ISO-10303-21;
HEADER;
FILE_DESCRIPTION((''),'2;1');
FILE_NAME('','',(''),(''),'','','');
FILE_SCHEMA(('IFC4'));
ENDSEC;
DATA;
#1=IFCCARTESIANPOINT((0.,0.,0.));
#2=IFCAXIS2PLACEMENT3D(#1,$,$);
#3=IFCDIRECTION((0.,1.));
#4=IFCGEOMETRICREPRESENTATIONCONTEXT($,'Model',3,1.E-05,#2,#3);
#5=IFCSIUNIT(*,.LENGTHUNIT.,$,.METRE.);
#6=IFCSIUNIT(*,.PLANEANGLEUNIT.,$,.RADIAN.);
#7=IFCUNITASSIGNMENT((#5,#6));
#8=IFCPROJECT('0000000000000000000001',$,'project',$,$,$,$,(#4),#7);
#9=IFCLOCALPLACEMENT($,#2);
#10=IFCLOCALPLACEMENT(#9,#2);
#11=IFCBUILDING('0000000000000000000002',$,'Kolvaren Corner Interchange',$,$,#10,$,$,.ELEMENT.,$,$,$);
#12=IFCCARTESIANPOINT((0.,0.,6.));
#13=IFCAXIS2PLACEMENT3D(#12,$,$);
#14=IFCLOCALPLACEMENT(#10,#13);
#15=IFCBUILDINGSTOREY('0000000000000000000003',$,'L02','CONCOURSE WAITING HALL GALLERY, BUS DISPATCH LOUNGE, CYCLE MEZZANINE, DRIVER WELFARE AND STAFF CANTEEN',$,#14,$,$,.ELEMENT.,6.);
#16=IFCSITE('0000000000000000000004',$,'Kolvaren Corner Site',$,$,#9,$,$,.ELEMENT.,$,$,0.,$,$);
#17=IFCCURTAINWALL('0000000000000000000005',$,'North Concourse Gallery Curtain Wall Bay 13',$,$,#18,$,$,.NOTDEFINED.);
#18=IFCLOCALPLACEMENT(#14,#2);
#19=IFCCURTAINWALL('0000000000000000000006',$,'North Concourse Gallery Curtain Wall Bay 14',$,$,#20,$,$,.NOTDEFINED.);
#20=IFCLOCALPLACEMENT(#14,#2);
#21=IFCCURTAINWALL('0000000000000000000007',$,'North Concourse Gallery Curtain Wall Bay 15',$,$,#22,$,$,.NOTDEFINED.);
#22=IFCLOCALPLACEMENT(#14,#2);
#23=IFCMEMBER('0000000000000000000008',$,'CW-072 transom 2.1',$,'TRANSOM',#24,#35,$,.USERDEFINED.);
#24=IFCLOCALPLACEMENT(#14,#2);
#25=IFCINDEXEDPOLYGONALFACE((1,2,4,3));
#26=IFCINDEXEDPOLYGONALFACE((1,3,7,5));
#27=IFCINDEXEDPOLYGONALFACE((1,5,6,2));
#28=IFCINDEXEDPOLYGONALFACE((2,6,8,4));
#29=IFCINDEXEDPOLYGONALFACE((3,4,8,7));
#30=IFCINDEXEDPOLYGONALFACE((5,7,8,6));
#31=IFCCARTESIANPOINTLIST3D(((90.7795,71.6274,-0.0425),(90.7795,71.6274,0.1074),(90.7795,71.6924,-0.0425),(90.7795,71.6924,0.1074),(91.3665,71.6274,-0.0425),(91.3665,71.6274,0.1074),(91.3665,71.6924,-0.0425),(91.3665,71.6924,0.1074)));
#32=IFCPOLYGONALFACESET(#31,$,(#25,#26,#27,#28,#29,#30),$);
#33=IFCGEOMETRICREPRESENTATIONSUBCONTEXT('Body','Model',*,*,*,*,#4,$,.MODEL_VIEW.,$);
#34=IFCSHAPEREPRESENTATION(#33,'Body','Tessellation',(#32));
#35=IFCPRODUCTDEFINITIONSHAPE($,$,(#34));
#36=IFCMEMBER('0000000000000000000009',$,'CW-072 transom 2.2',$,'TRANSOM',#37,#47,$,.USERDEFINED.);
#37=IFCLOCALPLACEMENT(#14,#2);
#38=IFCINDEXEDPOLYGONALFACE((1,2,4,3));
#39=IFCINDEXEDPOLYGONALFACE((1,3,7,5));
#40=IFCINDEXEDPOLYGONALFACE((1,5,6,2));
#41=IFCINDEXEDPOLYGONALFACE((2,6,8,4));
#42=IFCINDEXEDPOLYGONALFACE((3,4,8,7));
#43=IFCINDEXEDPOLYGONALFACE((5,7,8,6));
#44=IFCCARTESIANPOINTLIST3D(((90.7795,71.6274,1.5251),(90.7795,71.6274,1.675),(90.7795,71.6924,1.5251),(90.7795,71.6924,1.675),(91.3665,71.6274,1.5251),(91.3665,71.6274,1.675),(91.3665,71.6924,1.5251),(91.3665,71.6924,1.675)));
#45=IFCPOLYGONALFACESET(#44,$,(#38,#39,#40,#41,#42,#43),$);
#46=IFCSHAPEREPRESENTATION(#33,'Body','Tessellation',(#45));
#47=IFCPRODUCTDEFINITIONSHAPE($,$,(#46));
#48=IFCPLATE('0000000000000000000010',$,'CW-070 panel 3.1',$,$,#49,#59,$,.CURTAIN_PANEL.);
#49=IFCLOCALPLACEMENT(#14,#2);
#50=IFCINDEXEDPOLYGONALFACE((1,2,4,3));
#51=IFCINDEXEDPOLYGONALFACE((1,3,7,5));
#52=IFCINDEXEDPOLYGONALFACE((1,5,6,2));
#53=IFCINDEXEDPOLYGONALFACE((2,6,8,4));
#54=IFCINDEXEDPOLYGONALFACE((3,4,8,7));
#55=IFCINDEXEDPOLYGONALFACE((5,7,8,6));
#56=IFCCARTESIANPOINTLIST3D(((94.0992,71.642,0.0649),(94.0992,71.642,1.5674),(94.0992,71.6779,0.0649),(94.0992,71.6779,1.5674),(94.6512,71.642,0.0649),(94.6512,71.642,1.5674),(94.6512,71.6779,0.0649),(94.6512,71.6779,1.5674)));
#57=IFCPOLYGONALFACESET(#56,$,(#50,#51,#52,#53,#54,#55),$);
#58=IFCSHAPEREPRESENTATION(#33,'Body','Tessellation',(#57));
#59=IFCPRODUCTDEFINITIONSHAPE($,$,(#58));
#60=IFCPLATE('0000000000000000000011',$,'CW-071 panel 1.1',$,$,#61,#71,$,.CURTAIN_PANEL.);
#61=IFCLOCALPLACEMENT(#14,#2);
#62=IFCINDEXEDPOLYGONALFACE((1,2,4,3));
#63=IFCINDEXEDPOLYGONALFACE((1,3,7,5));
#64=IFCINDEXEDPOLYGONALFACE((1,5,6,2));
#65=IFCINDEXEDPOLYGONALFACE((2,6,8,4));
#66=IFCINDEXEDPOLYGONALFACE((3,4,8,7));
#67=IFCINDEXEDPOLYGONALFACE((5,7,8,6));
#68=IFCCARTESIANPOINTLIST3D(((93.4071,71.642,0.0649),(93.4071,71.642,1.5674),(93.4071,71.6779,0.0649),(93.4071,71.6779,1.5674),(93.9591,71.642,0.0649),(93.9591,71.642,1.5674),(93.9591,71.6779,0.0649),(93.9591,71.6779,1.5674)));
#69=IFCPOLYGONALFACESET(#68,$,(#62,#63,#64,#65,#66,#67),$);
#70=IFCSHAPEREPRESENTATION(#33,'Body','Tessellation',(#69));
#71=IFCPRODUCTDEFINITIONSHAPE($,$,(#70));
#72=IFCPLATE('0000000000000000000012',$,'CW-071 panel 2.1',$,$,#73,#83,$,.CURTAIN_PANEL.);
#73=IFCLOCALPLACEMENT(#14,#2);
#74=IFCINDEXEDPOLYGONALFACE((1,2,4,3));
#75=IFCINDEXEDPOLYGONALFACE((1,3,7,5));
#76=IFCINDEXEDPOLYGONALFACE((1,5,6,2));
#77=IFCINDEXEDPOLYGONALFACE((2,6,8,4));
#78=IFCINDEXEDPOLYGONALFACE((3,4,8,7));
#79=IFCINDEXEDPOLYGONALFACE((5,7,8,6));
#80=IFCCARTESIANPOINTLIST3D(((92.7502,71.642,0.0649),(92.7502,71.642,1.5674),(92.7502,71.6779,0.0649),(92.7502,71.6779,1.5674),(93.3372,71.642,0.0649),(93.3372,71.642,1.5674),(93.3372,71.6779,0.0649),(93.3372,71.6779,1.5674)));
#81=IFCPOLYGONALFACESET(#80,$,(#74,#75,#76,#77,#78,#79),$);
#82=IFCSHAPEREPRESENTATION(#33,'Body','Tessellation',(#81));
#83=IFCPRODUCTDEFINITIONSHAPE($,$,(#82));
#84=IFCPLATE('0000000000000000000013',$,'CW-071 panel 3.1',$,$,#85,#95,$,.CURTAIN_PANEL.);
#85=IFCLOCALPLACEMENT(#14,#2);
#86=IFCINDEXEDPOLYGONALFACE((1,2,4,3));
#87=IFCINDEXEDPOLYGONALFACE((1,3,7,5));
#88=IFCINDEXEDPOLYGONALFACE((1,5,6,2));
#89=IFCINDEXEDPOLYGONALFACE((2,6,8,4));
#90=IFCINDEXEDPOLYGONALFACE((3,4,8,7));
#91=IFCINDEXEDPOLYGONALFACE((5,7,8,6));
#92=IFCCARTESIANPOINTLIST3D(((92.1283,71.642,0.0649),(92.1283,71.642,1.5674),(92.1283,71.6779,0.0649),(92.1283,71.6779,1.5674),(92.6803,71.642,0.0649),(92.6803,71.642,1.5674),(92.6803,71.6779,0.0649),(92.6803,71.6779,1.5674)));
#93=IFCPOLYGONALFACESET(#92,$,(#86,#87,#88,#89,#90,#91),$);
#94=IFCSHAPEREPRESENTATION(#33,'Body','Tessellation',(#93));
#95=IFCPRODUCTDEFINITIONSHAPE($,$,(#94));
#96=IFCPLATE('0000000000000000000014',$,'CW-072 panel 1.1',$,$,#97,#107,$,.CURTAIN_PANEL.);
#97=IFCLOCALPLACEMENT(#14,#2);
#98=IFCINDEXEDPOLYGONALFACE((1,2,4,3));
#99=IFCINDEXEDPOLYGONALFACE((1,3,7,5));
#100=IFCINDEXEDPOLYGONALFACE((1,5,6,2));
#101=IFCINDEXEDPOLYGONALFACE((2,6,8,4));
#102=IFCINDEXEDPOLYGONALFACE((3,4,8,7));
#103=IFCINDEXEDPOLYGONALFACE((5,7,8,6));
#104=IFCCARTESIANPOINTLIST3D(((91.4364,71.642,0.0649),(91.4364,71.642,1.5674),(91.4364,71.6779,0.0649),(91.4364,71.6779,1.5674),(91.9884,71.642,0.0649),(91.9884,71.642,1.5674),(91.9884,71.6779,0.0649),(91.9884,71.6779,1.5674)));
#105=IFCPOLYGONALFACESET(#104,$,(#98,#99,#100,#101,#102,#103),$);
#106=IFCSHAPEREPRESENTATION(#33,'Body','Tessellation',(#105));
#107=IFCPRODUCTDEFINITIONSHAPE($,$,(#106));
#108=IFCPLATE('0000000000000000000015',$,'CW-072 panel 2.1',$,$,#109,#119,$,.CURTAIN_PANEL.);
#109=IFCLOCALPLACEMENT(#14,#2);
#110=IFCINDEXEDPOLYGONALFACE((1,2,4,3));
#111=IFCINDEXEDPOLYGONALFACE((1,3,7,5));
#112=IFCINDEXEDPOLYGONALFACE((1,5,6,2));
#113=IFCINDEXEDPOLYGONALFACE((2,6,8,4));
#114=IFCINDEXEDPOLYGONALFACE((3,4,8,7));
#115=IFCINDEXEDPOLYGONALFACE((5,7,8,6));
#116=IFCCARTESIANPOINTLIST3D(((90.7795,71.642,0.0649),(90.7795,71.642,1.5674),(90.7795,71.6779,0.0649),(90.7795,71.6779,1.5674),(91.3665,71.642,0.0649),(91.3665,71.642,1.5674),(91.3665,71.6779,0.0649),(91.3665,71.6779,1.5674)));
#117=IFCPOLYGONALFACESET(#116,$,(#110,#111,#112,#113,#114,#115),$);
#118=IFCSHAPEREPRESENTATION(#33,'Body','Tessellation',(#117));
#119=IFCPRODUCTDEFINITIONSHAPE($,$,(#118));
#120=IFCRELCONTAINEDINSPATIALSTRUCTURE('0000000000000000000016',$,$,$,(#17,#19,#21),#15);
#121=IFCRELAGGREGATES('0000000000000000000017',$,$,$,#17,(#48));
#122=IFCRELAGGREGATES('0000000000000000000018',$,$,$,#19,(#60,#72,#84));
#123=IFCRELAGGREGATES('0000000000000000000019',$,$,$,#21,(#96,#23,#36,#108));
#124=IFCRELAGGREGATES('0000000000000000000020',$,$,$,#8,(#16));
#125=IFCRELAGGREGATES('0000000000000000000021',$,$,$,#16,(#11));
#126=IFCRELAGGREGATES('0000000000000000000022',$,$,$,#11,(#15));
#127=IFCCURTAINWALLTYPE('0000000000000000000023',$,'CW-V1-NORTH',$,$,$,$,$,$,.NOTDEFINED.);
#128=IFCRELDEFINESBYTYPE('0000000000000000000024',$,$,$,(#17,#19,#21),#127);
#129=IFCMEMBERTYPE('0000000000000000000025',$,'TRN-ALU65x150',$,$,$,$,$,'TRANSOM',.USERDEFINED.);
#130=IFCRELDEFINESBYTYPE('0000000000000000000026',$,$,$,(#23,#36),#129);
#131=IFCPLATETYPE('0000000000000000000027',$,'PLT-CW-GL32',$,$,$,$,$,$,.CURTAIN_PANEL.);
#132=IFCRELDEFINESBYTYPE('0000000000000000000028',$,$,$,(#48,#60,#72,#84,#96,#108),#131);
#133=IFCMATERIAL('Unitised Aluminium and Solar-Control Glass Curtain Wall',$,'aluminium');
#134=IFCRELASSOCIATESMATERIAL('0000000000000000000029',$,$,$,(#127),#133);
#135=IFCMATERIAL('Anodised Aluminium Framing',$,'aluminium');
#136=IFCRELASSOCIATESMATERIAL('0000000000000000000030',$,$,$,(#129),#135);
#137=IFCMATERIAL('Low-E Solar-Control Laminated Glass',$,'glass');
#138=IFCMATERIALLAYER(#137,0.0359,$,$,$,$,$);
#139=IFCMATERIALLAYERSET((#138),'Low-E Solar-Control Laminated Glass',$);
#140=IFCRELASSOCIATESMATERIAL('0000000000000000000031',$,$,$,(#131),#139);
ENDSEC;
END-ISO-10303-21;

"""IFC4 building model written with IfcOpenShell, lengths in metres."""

from ifc_helpers import new_model, si_unit, direction, frame, origin, origin_2d, place, context, subcontext, project, spatial, rectangle, extrude, material, layer, layer_set, material_profile, profile_set, type_object, element, aggregate, save


model = new_model("IFC4")

# Units and contexts
model_context = context("Model", 3, precision=1e-05, world=origin(), true_north=direction((0.0, 1.0)))
body_context = subcontext(model_context, "Body", "Model", "MODEL_VIEW")
ifc_project = project(units=[si_unit("LENGTHUNIT", "METRE"), si_unit("PLANEANGLEUNIT", "RADIAN")], contexts=[model_context])

# Site, building, storey
site_placement = place(None, origin())
site = spatial("IfcSite", under=ifc_project, at=site_placement, Name="Kolvaren Corner Site", CompositionType="ELEMENT", RefElevation=0.0)
building_placement = place(site_placement, origin())
building = spatial("IfcBuilding", under=site, at=building_placement, Name="Kolvaren Corner Interchange", CompositionType="ELEMENT")
storey_placement = place(building_placement, frame((0.0, 0.0, 6.0)))
storey = spatial("IfcBuildingStorey", under=building, at=storey_placement, Name="L02", Description="CONCOURSE WAITING HALL GALLERY, BUS DISPATCH LOUNGE, CYCLE MEZZANINE, DRIVER WELFARE AND STAFF CANTEEN", CompositionType="ELEMENT", Elevation=6.0)

# Curtain wall
ifc_material_1 = material(Name="Unitised Aluminium and Solar-Control Glass Curtain Wall", Category="aluminium")
curtain_wall_type = type_object("IfcCurtainWallType", Name="CW-V1-NORTH", PredefinedType="NOTDEFINED", material=ifc_material_1)
curtain_wall_1_placement = place(storey_placement, origin())
curtain_wall_1 = element("IfcCurtainWall", 1, at=curtain_wall_1_placement, inside=storey, type_object=curtain_wall_type, Name="North Concourse Gallery Curtain Wall Bay 13", PredefinedType="NOTDEFINED")

# Curtain walls
curtain_wall_2_placement = place(storey_placement, origin())
curtain_wall_2 = element("IfcCurtainWall", 2, at=curtain_wall_2_placement, inside=storey, type_object=curtain_wall_type, Name="North Concourse Gallery Curtain Wall Bay 14", PredefinedType="NOTDEFINED")
curtain_wall_3_placement = place(storey_placement, origin())
curtain_wall_3 = element("IfcCurtainWall", 3, at=curtain_wall_3_placement, inside=storey, type_object=curtain_wall_type, Name="North Concourse Gallery Curtain Wall Bay 15", PredefinedType="NOTDEFINED")

# Members
ifc_material_2 = material(Name="Anodised Aluminium Framing", Category="aluminium")
ifc_material_profile_1 = material_profile(ifc_material_2, rectangle(XDim=0.0649, YDim=0.1499, at=origin_2d()), Name="ALU 65x150")
ifc_profile_set_1 = profile_set([ifc_material_profile_1], Name="Anodised Aluminium Framing")
member_type_1 = type_object("IfcMemberType", Name="TRN-ALU65x150", ElementType="TRANSOM", PredefinedType="USERDEFINED", material=ifc_profile_set_1)
member_1_placement = place(storey_placement, frame((91.3665, 71.6599, 0.0325), z_axis=(-1.0, 0.0, 0.0), x_axis=(0.0, -1.0, 0.0)))
member_1 = element("IfcMember", 4, at=member_1_placement, type_object=member_type_1, Name="CW-072 transom 2.1", ObjectType="TRANSOM", PredefinedType="USERDEFINED", context=body_context, shape_type="SweptSolid", body=[
    extrude(rectangle(XDim=0.0649, YDim=0.1499, at=origin_2d()), origin(), (0.0, 0.0, 1.0), 0.5869),
])
member_2_placement = place(storey_placement, frame((91.3665, 71.6599, 1.6001), z_axis=(-1.0, 0.0, 0.0), x_axis=(0.0, -1.0, 0.0)))
member_2 = element("IfcMember", 5, at=member_2_placement, type_object=member_type_1, Name="CW-072 transom 2.2", ObjectType="TRANSOM", PredefinedType="USERDEFINED", context=body_context, shape_type="SweptSolid", body=[
    extrude(rectangle(XDim=0.0649, YDim=0.1499, at=origin_2d()), origin(), (0.0, 0.0, 1.0), 0.5869),
])

# Plates
ifc_material_3 = material(Name="Low-E Solar-Control Laminated Glass", Category="glass")
ifc_layer = layer(ifc_material_3, 0.0359)
ifc_layer_set = layer_set([ifc_layer], Name="Low-E Solar-Control Laminated Glass")
plate_type = type_object("IfcPlateType", Name="PLT-CW-GL32", PredefinedType="CURTAIN_PANEL", material=ifc_layer_set)
plate_1_placement = place(storey_placement, frame((94.3752, 71.6599, 0.0649), z_axis=(0.0, 0.0, 1.0), x_axis=(-1.0, 0.0, 0.0)))
plate_1 = element("IfcPlate", 6, at=plate_1_placement, type_object=plate_type, Name="CW-070 panel 3.1", PredefinedType="CURTAIN_PANEL", context=body_context, shape_type="SweptSolid", body=[
    extrude(rectangle(XDim=0.552, YDim=0.0359, at=origin_2d()), origin(), (0.0, 0.0, 1.0), 1.5024),
])
aggregate(curtain_wall_1, [plate_1])
plate_2_placement = place(storey_placement, frame((93.6831, 71.6599, 0.0649), z_axis=(0.0, 0.0, 1.0), x_axis=(-1.0, 0.0, 0.0)))
plate_2 = element("IfcPlate", 7, at=plate_2_placement, type_object=plate_type, Name="CW-071 panel 1.1", PredefinedType="CURTAIN_PANEL", context=body_context, shape_type="SweptSolid", body=[
    extrude(rectangle(XDim=0.552, YDim=0.0359, at=origin_2d()), origin(), (0.0, 0.0, 1.0), 1.5024),
])
plate_3_placement = place(storey_placement, frame((93.0437, 71.6599, 0.0649), z_axis=(0.0, 0.0, 1.0), x_axis=(-1.0, 0.0, 0.0)))
plate_3 = element("IfcPlate", 8, at=plate_3_placement, type_object=plate_type, Name="CW-071 panel 2.1", PredefinedType="CURTAIN_PANEL", context=body_context, shape_type="SweptSolid", body=[
    extrude(rectangle(XDim=0.5869, YDim=0.0359, at=origin_2d()), origin(), (0.0, 0.0, 1.0), 1.5024),
])
plate_4_placement = place(storey_placement, frame((92.4043, 71.6599, 0.0649), z_axis=(0.0, 0.0, 1.0), x_axis=(-1.0, 0.0, 0.0)))
plate_4 = element("IfcPlate", 9, at=plate_4_placement, type_object=plate_type, Name="CW-071 panel 3.1", PredefinedType="CURTAIN_PANEL", context=body_context, shape_type="SweptSolid", body=[
    extrude(rectangle(XDim=0.552, YDim=0.0359, at=origin_2d()), origin(), (0.0, 0.0, 1.0), 1.5024),
])
aggregate(curtain_wall_2, [plate_2, plate_3, plate_4])
plate_5_placement = place(storey_placement, frame((91.7124, 71.6599, 0.0649), z_axis=(0.0, 0.0, 1.0), x_axis=(-1.0, 0.0, 0.0)))
plate_5 = element("IfcPlate", 10, at=plate_5_placement, type_object=plate_type, Name="CW-072 panel 1.1", PredefinedType="CURTAIN_PANEL", context=body_context, shape_type="SweptSolid", body=[
    extrude(rectangle(XDim=0.552, YDim=0.0359, at=origin_2d()), origin(), (0.0, 0.0, 1.0), 1.5024),
])
plate_6_placement = place(storey_placement, frame((91.073, 71.6599, 0.0649), z_axis=(0.0, 0.0, 1.0), x_axis=(-1.0, 0.0, 0.0)))
plate_6 = element("IfcPlate", 11, at=plate_6_placement, type_object=plate_type, Name="CW-072 panel 2.1", PredefinedType="CURTAIN_PANEL", context=body_context, shape_type="SweptSolid", body=[
    extrude(rectangle(XDim=0.5869, YDim=0.0359, at=origin_2d()), origin(), (0.0, 0.0, 1.0), 1.5024),
])
aggregate(curtain_wall_3, [plate_5, member_1, member_2, plate_6])

save(model, "model.ifc")
